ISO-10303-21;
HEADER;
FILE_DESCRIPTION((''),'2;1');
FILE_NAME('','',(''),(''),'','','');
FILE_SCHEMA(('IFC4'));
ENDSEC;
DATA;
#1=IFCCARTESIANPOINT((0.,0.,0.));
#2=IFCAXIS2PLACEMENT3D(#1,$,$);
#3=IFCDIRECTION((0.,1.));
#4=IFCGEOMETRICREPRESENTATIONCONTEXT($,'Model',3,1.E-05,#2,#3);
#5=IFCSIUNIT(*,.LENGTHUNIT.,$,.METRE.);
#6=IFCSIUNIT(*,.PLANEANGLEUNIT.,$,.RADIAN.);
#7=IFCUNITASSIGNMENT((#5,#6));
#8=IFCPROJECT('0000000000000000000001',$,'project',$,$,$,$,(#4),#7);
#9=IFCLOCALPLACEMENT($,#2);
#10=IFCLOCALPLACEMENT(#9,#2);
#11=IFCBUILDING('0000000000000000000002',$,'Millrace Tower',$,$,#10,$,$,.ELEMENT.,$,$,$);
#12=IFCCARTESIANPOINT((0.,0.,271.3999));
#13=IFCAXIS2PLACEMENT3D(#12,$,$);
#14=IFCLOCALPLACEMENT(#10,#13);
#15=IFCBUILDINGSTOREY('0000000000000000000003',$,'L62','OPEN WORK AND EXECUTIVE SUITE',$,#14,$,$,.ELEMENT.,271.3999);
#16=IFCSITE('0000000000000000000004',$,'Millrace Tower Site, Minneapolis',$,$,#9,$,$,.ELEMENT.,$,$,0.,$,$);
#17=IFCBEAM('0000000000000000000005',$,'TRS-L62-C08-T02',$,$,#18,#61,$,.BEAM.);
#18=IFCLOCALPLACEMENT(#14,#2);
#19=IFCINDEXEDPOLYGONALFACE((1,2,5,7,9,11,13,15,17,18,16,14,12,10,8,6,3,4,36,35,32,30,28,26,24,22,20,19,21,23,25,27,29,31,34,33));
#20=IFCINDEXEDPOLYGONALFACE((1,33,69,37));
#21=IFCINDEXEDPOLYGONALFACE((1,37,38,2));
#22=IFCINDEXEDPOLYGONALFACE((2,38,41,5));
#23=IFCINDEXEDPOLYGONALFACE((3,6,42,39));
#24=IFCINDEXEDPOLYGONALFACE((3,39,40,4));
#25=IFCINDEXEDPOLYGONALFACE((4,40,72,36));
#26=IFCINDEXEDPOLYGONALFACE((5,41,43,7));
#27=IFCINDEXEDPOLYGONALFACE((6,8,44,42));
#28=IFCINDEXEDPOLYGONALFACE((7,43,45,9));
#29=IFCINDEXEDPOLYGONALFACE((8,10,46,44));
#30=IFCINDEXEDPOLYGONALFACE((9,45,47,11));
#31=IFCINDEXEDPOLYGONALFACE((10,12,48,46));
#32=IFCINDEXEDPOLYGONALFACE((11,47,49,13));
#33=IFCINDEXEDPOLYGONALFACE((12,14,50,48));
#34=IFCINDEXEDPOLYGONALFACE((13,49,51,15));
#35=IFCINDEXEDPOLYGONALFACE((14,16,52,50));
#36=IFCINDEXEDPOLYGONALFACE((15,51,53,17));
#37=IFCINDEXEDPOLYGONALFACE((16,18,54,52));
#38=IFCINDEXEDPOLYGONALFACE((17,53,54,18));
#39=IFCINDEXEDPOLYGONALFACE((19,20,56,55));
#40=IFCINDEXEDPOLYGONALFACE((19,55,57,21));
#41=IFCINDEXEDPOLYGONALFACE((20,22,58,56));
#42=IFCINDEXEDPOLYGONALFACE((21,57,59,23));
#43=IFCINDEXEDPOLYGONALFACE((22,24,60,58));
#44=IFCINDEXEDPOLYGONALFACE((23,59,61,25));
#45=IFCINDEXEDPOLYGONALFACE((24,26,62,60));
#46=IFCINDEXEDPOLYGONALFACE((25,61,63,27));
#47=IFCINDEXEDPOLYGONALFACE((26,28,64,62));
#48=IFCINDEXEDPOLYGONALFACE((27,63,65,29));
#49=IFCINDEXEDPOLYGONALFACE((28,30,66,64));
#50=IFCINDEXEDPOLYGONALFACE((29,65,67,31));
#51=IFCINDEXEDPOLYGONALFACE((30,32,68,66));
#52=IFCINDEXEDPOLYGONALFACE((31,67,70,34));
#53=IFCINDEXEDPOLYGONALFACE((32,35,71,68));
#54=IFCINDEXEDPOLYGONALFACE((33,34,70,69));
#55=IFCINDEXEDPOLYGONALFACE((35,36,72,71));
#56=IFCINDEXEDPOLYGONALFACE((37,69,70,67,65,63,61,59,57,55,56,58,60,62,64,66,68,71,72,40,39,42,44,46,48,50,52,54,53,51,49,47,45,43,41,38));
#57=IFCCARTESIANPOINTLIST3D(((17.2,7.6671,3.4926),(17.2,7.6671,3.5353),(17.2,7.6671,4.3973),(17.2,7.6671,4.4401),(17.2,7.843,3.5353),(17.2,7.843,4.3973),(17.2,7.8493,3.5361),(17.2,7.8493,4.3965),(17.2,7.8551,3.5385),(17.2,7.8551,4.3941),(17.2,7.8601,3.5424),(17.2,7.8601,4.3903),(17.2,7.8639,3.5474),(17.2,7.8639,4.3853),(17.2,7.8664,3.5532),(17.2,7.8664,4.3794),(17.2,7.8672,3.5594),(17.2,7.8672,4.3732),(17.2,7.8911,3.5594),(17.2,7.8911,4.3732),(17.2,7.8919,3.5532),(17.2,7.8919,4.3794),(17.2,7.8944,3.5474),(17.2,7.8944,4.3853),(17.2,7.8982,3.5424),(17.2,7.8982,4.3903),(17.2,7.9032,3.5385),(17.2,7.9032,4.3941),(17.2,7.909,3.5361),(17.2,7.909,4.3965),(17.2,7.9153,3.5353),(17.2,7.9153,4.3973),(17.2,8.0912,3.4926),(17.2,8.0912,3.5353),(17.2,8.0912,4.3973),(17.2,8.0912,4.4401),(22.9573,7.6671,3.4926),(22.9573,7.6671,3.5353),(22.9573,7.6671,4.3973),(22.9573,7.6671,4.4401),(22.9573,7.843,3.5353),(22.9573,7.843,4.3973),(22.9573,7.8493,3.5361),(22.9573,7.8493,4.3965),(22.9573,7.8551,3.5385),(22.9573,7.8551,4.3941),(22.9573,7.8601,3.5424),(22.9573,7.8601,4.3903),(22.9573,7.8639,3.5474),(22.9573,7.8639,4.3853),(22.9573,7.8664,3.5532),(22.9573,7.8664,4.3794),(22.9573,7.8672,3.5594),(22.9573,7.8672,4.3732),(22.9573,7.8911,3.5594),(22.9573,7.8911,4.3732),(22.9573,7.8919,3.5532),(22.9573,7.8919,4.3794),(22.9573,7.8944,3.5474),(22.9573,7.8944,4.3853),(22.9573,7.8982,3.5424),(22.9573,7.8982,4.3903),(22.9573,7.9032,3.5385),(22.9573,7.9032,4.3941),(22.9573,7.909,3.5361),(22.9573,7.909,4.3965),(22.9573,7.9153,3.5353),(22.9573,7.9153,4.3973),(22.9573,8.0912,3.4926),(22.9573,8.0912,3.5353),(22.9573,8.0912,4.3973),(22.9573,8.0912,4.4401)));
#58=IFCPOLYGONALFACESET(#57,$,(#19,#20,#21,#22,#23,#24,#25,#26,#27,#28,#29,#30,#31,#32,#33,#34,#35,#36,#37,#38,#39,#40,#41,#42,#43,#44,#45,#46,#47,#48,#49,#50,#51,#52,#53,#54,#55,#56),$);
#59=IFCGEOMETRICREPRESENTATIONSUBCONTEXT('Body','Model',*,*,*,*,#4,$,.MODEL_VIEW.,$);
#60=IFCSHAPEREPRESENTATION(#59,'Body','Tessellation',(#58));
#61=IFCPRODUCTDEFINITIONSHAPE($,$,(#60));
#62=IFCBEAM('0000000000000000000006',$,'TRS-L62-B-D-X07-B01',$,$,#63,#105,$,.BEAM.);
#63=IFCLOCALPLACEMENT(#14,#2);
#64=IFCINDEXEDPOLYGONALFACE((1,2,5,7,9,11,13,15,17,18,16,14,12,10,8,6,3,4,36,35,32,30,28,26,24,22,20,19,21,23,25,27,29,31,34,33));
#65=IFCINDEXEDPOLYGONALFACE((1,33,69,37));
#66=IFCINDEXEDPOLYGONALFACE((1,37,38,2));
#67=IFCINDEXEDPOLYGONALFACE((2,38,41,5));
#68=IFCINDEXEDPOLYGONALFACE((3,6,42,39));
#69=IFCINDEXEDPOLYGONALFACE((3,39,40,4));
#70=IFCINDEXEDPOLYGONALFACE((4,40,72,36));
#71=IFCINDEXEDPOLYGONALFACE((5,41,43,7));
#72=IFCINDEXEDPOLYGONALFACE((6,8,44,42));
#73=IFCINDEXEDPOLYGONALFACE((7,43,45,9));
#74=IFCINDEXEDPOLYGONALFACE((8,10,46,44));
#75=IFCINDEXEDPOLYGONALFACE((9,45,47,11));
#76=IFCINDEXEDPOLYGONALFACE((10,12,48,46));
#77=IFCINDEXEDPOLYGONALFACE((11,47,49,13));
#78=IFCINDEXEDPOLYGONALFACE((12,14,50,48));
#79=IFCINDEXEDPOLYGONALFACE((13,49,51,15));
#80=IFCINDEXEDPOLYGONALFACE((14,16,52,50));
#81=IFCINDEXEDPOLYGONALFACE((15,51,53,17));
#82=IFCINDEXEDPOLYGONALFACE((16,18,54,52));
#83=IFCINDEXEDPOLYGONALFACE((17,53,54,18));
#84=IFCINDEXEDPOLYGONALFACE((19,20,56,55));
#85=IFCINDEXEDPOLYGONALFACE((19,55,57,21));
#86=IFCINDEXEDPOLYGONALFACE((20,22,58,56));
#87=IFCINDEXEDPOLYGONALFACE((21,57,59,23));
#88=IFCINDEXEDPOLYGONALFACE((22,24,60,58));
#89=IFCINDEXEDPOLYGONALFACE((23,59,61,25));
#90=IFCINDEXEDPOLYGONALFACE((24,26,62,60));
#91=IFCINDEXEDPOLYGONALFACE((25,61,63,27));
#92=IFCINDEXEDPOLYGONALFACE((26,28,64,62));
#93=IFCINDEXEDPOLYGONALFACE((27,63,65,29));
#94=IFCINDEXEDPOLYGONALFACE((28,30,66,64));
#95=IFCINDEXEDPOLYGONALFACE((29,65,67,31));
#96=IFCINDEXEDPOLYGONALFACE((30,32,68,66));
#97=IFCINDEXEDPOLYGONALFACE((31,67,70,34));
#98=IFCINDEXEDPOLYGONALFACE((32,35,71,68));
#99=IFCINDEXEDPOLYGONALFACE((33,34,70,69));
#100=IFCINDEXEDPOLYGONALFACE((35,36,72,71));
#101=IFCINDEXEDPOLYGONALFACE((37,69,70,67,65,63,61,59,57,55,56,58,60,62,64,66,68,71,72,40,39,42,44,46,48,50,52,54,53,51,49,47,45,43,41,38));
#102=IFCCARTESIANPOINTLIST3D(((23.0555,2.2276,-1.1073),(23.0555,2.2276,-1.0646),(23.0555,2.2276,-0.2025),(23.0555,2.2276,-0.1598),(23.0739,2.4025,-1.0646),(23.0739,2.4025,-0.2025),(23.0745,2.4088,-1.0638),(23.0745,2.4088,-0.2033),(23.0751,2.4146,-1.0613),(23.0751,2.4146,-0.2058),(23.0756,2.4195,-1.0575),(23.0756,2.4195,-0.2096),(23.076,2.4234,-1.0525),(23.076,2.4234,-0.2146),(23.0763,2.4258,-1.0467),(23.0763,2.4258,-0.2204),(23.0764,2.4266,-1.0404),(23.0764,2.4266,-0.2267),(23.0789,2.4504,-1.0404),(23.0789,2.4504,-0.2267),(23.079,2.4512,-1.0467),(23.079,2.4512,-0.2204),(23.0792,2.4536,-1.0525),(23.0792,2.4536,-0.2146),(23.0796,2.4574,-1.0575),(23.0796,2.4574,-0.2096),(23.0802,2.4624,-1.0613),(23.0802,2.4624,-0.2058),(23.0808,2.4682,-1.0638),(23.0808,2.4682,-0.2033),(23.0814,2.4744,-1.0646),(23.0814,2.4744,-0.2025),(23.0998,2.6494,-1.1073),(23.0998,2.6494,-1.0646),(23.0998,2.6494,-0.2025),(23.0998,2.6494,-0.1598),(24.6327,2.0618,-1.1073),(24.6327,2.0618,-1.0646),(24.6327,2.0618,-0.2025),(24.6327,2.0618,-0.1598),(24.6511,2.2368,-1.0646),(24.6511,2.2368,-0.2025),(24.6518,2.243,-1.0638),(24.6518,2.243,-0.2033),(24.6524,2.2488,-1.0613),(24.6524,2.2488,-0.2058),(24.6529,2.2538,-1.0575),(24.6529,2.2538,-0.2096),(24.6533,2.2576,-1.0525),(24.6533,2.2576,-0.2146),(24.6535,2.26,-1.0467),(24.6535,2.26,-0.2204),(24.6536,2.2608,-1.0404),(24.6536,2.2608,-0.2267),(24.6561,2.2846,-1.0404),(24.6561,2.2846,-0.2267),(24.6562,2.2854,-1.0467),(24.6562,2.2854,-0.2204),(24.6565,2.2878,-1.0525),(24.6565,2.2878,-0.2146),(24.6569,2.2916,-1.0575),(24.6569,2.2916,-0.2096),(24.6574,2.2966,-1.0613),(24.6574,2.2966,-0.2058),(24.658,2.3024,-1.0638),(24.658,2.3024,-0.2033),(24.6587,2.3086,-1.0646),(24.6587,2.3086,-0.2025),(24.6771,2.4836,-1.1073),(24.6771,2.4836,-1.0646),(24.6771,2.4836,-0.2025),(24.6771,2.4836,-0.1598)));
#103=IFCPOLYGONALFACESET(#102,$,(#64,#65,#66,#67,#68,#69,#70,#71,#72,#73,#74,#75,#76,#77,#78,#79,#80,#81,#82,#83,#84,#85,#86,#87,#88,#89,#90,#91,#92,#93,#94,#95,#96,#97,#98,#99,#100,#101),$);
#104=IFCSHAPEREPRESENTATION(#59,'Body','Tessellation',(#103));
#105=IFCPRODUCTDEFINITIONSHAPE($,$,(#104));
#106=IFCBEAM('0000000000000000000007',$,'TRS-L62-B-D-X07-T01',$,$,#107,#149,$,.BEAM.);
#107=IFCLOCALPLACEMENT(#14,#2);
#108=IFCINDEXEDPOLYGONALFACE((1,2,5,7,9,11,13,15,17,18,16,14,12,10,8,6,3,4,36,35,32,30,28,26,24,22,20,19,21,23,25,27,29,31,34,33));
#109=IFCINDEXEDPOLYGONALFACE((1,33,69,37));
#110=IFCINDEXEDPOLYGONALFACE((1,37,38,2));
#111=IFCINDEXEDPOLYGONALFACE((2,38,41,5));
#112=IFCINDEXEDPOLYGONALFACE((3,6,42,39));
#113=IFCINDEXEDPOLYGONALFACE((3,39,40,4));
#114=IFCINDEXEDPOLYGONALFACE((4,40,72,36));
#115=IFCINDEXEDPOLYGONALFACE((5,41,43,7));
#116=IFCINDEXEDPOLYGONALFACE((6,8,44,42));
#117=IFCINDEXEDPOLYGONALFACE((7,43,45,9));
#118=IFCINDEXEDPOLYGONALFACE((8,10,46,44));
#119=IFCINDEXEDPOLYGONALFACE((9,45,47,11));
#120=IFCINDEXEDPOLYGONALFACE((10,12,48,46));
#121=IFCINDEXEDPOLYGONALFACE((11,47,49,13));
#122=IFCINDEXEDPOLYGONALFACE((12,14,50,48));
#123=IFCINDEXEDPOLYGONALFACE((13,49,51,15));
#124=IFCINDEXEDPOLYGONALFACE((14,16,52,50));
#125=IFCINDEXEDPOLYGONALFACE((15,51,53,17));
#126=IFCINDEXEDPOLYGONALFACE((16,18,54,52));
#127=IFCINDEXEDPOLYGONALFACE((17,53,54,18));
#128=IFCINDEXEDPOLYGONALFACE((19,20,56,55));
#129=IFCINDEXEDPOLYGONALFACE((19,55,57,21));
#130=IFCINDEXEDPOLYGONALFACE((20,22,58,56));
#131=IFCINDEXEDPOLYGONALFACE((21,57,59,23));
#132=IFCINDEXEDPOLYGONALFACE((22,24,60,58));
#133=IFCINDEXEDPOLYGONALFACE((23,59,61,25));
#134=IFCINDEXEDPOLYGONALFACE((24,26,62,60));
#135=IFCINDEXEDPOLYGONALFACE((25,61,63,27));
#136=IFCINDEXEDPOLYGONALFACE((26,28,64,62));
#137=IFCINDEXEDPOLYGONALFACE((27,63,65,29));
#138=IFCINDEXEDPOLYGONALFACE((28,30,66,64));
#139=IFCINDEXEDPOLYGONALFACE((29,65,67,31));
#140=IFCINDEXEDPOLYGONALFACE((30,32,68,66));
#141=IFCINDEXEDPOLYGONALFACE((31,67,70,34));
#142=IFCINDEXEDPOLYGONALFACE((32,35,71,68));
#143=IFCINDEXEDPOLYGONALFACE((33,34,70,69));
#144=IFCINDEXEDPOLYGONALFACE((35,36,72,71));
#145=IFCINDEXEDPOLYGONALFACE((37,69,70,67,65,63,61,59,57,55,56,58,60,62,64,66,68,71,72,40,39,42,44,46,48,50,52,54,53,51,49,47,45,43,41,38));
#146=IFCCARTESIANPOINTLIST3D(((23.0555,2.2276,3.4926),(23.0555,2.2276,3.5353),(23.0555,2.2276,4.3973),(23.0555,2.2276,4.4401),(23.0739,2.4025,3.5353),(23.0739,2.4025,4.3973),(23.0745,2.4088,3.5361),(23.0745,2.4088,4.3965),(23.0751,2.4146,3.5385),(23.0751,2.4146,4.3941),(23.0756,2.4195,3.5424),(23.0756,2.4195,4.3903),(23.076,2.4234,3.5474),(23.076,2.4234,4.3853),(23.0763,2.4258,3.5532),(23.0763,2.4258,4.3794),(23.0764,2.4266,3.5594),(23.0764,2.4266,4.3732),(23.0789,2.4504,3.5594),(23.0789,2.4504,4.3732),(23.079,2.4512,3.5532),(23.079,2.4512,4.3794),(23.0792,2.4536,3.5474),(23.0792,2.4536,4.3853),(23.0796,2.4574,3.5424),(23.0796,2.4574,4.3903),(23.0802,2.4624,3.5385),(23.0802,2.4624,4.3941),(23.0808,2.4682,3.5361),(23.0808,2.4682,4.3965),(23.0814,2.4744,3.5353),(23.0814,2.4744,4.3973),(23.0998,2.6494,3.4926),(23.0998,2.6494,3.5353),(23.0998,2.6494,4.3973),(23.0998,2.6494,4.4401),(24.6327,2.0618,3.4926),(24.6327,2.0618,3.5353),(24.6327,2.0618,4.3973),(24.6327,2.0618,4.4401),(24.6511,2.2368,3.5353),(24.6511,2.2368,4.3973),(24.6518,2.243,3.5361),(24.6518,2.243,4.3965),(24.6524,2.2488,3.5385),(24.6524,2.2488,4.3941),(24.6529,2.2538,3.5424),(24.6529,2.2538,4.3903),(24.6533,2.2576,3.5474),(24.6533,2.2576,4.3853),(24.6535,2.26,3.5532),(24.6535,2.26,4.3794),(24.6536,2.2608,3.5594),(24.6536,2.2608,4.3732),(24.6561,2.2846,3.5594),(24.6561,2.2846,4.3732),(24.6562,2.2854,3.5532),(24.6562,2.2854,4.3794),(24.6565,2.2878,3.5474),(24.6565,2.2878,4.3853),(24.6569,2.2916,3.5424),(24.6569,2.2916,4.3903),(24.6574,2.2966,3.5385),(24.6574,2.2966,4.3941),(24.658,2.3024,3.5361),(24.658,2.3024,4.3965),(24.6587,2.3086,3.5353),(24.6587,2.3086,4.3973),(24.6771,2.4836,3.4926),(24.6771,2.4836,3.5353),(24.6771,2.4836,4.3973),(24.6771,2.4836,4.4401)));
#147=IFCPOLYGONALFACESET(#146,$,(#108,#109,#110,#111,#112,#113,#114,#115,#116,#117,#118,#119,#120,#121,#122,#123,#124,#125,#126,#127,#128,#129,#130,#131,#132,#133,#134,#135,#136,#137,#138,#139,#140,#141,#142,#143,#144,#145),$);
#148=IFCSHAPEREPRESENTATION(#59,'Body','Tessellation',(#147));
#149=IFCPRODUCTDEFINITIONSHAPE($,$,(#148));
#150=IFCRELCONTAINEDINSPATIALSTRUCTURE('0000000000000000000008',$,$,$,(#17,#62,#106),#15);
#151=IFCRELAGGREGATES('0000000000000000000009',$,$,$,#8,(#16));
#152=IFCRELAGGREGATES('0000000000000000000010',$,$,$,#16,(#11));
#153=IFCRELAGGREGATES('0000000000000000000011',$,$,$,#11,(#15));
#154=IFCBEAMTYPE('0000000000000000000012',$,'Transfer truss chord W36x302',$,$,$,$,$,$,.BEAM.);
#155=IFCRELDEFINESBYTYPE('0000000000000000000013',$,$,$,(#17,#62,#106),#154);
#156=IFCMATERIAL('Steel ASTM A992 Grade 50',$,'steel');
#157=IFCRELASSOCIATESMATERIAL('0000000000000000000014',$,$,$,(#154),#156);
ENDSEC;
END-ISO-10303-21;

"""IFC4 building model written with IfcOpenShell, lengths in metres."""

from ifc_helpers import new_model, si_unit, direction, frame, origin, origin_2d, place, context, subcontext, project, spatial, i_section, extrude, material, material_profile, profile_set, type_object, element, save


model = new_model("IFC4")

# Units and contexts
model_context = context("Model", 3, precision=1e-05, world=origin(), true_north=direction((0.0, 1.0)))
body_context = subcontext(model_context, "Body", "Model", "MODEL_VIEW")
ifc_project = project(units=[si_unit("LENGTHUNIT", "METRE"), si_unit("PLANEANGLEUNIT", "RADIAN")], contexts=[model_context])

# Site, building, storey
site_placement = place(None, origin())
site = spatial("IfcSite", under=ifc_project, at=site_placement, Name="Millrace Tower Site, Minneapolis", CompositionType="ELEMENT", RefElevation=0.0)
building_placement = place(site_placement, origin())
building = spatial("IfcBuilding", under=site, at=building_placement, Name="Millrace Tower", CompositionType="ELEMENT")
storey_placement = place(building_placement, frame((0.0, 0.0, 271.3999)))
storey = spatial("IfcBuildingStorey", under=building, at=storey_placement, Name="L62", Description="OPEN WORK AND EXECUTIVE SUITE", CompositionType="ELEMENT", Elevation=271.3999)

# Beams
ifc_material_1 = material(Name="Steel ASTM A992 Grade 50", Category="steel")
ifc_material_profile_1 = material_profile(ifc_material_1, i_section(OverallWidth=0.4241, OverallDepth=0.9475, WebThickness=0.0239, FlangeThickness=0.0427, FilletRadius=0.0242, at=origin_2d()))
ifc_profile_set_1 = profile_set([ifc_material_profile_1], Name="Steel ASTM A992 Grade 50")
beam_type_1 = type_object("IfcBeamType", Name="Transfer truss chord W36x302", PredefinedType="BEAM", material=ifc_profile_set_1)
for number, where, z_axis, x_axis, name in (
    (1, (22.9573, 7.8792, 3.9663), (-1.0, 0.0, 0.0), (0.0, -1.0, 0.0), "TRS-L62-C08-T02"),
):
    element("IfcBeam", number, at=place(storey_placement, frame(where, z_axis=z_axis, x_axis=x_axis)), inside=storey, type_object=beam_type_1, Name=name, PredefinedType="BEAM", context=body_context, shape_type="SweptSolid", body=[
        extrude(i_section(OverallWidth=0.4241, OverallDepth=0.9475, WebThickness=0.0239, FlangeThickness=0.0427, FilletRadius=0.0242, at=origin_2d()), origin(), (0.0, 0.0, 1.0), 5.7573),
    ])
for number, where, z_axis, x_axis, name in (
    (2, (23.0776, 2.4385, -0.6335), (0.994521, -0.104533, 0.0), (0.104533, 0.994521, 0.0), "TRS-L62-B-D-X07-B01"),
    (3, (23.0776, 2.4385, 3.9663), (0.994521, -0.104533, 0.0), (0.104533, 0.994521, 0.0), "TRS-L62-B-D-X07-T01"),
):
    element("IfcBeam", number, at=place(storey_placement, frame(where, z_axis=z_axis, x_axis=x_axis)), inside=storey, type_object=beam_type_1, Name=name, PredefinedType="BEAM", context=body_context, shape_type="SweptSolid", body=[
        extrude(i_section(OverallWidth=0.4241, OverallDepth=0.9475, WebThickness=0.0239, FlangeThickness=0.0427, FilletRadius=0.0242, at=origin_2d()), origin(), (0.0, 0.0, 1.0), 1.5859),
    ])

save(model, "model.ifc")
